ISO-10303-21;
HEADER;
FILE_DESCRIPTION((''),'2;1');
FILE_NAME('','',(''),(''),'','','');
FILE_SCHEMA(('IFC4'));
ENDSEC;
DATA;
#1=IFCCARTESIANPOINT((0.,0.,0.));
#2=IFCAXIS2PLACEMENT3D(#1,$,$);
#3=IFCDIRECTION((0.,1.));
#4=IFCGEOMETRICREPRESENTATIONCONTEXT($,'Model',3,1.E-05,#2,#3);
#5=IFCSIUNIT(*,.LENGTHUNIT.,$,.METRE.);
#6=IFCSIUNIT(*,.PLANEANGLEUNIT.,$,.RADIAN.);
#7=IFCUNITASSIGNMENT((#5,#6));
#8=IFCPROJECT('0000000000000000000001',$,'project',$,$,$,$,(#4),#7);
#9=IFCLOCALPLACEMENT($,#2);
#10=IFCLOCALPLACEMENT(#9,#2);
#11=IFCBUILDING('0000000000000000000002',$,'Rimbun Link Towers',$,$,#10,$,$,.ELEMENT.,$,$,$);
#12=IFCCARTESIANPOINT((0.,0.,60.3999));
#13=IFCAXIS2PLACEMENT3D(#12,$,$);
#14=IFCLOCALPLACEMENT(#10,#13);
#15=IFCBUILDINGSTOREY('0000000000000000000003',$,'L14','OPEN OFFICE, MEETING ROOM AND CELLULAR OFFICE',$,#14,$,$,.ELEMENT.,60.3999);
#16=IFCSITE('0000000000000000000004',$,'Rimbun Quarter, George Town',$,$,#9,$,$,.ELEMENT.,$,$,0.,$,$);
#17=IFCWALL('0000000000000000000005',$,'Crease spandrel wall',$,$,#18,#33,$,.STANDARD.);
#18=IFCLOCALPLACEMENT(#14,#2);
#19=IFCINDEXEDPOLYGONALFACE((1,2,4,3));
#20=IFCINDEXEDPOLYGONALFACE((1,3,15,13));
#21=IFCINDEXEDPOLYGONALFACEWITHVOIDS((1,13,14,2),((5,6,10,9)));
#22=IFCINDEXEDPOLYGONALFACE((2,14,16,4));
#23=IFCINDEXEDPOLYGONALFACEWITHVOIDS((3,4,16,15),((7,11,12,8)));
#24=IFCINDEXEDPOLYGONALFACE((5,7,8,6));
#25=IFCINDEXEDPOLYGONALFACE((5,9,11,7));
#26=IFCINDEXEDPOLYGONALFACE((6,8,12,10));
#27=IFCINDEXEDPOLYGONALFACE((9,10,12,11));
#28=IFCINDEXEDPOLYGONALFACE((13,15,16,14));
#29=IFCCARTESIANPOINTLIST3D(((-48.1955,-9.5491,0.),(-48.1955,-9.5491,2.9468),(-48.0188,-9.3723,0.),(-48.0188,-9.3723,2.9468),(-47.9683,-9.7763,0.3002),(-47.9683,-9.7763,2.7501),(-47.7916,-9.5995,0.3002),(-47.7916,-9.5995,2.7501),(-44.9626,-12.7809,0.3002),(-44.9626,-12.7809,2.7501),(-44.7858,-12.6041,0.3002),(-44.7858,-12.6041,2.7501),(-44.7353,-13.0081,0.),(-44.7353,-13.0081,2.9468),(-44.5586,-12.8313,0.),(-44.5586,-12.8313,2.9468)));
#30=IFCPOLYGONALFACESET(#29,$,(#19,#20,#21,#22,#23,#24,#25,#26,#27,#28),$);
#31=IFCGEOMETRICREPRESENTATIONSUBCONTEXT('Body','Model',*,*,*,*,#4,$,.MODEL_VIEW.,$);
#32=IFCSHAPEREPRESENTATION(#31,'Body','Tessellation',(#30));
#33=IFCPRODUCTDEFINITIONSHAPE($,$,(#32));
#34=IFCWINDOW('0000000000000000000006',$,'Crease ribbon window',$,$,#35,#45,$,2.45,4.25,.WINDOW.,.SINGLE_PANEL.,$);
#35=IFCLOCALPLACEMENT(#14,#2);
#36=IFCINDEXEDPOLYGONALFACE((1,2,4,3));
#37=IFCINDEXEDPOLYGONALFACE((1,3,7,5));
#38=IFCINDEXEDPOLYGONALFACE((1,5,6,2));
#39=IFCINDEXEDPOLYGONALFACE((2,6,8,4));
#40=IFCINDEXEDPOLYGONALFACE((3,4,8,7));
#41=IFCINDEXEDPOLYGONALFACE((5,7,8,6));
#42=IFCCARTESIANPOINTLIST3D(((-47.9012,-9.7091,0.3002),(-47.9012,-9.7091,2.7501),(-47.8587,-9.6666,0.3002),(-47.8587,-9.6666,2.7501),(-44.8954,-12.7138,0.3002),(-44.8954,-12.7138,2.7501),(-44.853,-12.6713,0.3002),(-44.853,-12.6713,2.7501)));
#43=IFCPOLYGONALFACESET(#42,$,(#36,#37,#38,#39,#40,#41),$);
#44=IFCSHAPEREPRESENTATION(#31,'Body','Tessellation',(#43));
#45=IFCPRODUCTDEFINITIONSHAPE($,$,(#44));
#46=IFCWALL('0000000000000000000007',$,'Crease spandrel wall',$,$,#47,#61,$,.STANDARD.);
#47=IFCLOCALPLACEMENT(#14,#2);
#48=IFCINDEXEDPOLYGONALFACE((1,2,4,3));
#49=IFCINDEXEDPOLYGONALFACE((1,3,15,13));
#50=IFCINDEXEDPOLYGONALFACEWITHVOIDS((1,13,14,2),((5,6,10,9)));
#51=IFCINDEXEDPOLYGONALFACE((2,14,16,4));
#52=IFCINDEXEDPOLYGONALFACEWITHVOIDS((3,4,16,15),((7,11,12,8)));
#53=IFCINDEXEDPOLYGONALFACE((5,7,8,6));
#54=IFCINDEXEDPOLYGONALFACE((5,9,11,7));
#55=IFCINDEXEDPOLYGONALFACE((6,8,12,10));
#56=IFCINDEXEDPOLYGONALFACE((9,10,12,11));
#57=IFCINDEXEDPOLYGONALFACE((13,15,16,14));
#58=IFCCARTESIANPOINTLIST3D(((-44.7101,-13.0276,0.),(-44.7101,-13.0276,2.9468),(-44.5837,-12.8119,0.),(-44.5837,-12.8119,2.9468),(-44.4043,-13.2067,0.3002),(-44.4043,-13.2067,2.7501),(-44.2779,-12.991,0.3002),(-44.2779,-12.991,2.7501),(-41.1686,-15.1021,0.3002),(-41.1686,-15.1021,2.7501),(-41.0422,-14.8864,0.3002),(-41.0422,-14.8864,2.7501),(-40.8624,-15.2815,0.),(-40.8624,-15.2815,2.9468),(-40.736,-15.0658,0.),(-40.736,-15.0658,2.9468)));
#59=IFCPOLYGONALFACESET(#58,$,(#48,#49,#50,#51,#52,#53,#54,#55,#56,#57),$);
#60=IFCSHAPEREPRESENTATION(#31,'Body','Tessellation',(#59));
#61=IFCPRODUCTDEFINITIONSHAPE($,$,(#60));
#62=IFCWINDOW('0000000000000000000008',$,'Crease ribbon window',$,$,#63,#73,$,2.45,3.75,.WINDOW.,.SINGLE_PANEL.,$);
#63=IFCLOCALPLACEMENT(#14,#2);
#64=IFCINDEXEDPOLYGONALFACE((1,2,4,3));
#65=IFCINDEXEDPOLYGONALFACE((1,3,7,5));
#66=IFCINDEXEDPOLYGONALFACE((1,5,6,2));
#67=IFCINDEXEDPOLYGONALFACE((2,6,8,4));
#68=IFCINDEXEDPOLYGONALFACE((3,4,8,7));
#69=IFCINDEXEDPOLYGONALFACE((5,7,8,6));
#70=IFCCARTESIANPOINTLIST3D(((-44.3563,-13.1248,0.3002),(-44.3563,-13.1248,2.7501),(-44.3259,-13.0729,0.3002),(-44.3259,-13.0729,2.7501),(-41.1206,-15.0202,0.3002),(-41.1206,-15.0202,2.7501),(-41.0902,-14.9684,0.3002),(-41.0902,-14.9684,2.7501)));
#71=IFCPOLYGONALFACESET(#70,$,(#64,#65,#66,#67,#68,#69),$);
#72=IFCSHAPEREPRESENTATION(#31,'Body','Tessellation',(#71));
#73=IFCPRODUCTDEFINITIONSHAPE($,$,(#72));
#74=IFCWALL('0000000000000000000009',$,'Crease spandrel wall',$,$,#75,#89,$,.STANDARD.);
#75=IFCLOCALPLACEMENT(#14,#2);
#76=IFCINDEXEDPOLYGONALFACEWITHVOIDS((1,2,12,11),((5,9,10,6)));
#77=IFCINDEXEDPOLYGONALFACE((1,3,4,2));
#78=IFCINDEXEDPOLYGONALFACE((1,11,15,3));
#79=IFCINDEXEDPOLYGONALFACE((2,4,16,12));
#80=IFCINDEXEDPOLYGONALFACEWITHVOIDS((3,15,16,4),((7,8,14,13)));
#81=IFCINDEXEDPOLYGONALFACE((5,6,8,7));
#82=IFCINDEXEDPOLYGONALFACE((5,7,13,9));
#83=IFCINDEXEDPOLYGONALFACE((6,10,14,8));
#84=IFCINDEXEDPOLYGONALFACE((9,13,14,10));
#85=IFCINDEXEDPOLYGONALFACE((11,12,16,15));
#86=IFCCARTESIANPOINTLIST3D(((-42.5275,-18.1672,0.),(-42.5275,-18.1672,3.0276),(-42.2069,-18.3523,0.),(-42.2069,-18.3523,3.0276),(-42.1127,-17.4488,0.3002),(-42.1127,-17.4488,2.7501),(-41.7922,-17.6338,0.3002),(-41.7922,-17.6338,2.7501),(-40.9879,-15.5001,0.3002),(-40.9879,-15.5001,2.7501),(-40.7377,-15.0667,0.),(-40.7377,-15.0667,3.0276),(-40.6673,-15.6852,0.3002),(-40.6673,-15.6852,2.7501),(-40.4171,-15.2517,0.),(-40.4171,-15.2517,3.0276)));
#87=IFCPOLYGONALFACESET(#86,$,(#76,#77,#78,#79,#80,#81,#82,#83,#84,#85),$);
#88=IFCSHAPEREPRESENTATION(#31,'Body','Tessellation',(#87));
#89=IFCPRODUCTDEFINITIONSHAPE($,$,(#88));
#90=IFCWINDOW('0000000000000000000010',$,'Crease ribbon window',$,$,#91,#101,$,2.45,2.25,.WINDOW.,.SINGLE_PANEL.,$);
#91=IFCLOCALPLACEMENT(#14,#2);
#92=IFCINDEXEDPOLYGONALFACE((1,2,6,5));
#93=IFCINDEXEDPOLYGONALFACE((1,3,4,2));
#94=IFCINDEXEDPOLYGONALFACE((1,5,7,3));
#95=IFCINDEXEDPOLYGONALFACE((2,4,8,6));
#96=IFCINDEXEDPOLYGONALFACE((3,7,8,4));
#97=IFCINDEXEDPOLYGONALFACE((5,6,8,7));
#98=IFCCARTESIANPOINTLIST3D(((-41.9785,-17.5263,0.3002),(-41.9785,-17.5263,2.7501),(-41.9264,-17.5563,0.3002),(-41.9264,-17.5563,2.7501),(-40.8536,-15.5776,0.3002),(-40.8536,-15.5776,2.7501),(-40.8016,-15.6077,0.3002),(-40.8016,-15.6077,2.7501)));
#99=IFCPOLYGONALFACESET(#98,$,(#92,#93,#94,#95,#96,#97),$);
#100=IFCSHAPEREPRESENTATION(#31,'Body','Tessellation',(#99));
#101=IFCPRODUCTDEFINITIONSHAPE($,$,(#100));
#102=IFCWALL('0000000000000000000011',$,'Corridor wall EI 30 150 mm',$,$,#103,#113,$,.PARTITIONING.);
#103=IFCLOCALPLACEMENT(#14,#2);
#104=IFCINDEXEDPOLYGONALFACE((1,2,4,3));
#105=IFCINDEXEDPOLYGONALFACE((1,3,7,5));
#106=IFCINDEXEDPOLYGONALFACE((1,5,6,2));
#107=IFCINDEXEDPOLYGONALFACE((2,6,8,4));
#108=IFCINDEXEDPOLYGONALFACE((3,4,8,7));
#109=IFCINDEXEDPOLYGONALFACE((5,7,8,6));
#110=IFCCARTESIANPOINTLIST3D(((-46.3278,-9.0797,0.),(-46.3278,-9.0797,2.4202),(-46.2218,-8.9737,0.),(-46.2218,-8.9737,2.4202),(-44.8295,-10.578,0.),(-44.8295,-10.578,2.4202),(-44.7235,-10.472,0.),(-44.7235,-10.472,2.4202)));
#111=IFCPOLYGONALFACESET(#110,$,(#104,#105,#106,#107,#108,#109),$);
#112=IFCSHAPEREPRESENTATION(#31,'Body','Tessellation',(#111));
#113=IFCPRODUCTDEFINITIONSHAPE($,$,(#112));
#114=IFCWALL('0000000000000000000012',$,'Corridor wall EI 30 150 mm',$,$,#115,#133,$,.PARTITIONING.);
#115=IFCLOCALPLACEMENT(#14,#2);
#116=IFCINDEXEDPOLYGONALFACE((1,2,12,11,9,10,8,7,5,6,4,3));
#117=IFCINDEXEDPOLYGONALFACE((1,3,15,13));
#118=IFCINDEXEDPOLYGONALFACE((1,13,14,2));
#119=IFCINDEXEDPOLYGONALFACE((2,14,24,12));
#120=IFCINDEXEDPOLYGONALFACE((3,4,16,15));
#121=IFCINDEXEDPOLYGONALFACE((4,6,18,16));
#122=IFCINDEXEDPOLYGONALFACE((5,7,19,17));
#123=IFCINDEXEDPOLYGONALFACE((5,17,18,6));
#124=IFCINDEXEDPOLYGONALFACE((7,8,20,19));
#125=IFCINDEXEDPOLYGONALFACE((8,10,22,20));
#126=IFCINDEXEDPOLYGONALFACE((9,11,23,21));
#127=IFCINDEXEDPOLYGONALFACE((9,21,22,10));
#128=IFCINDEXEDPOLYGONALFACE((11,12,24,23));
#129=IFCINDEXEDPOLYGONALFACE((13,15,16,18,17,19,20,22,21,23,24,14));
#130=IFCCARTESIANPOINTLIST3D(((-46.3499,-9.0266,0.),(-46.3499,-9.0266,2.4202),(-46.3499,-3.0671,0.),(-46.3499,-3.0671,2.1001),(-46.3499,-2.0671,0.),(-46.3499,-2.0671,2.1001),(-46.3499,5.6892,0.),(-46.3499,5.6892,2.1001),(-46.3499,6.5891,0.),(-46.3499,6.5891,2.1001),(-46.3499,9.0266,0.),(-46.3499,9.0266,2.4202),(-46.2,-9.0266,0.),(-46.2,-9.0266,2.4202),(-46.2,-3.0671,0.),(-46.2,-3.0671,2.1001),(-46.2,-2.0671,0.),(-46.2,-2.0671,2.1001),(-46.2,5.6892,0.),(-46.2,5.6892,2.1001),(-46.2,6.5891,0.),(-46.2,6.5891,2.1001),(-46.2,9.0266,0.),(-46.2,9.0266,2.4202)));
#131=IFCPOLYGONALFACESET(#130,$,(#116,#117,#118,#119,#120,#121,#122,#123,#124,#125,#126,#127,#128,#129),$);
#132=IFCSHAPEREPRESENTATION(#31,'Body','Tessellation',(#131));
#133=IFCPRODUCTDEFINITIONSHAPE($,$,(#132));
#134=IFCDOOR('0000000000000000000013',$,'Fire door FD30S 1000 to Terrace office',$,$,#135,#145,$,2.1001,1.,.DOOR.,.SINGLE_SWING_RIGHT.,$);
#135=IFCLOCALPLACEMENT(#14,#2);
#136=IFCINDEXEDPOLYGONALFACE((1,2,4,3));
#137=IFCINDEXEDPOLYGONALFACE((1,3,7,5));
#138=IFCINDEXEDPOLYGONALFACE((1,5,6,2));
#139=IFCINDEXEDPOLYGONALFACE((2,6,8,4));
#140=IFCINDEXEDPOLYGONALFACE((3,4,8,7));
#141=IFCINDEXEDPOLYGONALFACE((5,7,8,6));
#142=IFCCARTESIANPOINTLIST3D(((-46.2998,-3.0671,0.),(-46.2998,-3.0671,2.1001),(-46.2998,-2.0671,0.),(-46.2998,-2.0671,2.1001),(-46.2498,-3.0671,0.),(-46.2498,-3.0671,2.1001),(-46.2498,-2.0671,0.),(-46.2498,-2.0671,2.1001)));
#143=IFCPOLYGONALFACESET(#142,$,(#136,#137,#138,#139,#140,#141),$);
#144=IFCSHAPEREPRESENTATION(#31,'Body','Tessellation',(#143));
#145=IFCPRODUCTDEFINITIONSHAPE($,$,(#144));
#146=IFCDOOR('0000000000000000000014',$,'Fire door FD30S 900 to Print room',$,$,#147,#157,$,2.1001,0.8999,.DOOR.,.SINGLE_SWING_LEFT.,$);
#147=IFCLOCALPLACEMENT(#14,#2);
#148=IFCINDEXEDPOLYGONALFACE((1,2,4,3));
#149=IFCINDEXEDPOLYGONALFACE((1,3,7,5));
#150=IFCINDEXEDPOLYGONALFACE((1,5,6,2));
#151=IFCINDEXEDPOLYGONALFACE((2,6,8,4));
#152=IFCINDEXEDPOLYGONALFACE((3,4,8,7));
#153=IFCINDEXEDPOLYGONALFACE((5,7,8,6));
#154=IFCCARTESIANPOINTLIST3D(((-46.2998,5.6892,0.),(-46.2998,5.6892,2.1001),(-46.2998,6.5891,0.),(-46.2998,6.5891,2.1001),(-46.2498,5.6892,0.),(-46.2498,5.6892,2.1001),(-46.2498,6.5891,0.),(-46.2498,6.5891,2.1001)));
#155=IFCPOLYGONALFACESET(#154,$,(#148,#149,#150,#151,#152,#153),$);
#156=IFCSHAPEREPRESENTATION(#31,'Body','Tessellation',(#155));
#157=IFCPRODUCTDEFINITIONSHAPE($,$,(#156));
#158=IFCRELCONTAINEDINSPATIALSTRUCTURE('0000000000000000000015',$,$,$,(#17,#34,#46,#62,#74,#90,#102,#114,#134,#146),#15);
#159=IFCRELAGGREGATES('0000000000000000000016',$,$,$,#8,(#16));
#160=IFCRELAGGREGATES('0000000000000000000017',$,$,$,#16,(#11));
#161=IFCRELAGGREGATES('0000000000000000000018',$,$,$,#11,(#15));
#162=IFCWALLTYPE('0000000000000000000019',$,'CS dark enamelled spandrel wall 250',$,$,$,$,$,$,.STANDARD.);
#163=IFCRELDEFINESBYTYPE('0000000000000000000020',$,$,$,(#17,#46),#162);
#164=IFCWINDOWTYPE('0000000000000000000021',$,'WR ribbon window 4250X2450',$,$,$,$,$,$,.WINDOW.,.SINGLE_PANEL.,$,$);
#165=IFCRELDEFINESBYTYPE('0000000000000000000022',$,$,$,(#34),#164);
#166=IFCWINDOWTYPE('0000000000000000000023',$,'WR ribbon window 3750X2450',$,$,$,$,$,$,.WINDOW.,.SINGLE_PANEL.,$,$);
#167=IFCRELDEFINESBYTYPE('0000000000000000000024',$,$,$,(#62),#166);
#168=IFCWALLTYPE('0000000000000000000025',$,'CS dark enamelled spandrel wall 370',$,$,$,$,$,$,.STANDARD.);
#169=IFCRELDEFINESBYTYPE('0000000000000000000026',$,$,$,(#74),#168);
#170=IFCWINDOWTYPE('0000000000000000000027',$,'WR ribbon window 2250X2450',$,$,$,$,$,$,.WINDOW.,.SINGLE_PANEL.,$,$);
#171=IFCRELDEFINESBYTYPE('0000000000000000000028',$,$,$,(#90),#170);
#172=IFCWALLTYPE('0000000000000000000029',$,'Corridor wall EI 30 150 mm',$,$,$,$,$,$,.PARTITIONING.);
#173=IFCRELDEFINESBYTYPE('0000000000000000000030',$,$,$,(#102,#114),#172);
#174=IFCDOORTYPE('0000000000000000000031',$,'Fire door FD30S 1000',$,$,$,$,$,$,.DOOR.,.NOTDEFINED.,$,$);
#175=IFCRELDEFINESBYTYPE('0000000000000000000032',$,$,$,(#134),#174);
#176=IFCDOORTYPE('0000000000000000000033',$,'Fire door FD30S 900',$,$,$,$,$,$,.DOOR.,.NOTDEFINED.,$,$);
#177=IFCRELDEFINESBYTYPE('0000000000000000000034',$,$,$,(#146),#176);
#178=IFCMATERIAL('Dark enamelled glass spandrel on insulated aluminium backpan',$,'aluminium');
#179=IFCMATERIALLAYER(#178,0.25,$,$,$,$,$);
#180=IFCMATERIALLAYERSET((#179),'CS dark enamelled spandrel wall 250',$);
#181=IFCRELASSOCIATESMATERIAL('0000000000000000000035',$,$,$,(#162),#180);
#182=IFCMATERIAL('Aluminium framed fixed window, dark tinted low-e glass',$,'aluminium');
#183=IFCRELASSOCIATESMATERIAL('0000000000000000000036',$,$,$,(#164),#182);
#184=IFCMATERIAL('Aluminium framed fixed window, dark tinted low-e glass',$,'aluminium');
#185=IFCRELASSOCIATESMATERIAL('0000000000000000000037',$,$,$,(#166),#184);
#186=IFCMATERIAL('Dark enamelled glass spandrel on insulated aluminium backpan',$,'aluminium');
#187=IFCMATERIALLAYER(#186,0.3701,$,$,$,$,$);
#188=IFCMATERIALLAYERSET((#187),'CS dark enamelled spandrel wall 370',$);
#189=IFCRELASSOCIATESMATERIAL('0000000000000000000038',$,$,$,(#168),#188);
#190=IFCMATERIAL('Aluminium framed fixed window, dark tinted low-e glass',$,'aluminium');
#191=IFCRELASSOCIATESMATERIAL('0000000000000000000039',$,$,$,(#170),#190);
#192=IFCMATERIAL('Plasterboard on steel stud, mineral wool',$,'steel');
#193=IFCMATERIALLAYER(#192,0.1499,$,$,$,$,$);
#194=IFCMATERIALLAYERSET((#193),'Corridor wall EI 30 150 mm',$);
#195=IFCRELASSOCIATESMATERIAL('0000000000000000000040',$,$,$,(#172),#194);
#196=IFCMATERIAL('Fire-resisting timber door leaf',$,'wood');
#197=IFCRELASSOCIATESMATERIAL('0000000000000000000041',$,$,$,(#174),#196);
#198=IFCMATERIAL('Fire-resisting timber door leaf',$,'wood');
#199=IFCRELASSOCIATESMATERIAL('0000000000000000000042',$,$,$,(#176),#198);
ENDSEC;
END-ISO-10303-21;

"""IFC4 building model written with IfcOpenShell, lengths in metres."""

from ifc_helpers import new_model, si_unit, direction, frame, frame_2d, origin, place, context, subcontext, project, spatial, rectangle, extrude, material, layer, layer_set, type_object, element, fill, save


model = new_model("IFC4")

# Units and contexts
model_context = context("Model", 3, precision=1e-05, world=origin(), true_north=direction((0.0, 1.0)))
body_context = subcontext(model_context, "Body", "Model", "MODEL_VIEW")
ifc_project = project(units=[si_unit("LENGTHUNIT", "METRE"), si_unit("PLANEANGLEUNIT", "RADIAN")], contexts=[model_context])

# Site, building, storey
site_placement = place(None, origin())
site = spatial("IfcSite", under=ifc_project, at=site_placement, Name="Rimbun Quarter, George Town", CompositionType="ELEMENT", RefElevation=0.0)
building_placement = place(site_placement, origin())
building = spatial("IfcBuilding", under=site, at=building_placement, Name="Rimbun Link Towers", CompositionType="ELEMENT")
storey_placement = place(building_placement, frame((0.0, 0.0, 60.3999)))
storey = spatial("IfcBuildingStorey", under=building, at=storey_placement, Name="L14", Description="OPEN OFFICE, MEETING ROOM AND CELLULAR OFFICE", CompositionType="ELEMENT", Elevation=60.3999)

# Walls, openings, windows
ifc_material_1 = material(Name="Dark enamelled glass spandrel on insulated aluminium backpan", Category="aluminium")
ifc_layer_1 = layer(ifc_material_1, 0.25)
ifc_layer_set_1 = layer_set([ifc_layer_1], Name="CS dark enamelled spandrel wall 250")
wall_type_1 = type_object("IfcWallType", Name="CS dark enamelled spandrel wall 250", PredefinedType="STANDARD", material=ifc_layer_set_1)
wall_1_placement = place(storey_placement, frame((-44.647, -12.9197, 0.0), z_axis=(0.0, 0.0, 1.0), x_axis=(-0.707232, 0.706982, 0.0)))
wall_1 = element("IfcWall", 1, at=wall_1_placement, inside=storey, type_object=wall_type_1, Name="Crease spandrel wall", PredefinedType="STANDARD", context=body_context, shape_type="SweptSolid", body=[
    extrude(rectangle(XDim=4.8926, YDim=0.25, at=frame_2d((2.4463, 0.0))), origin(), (0.0, 0.0, 1.0), 2.9468),
])
opening_1_placement = place(wall_1_placement, frame((0.3213, 0.0, 0.3)))
opening_1 = element("IfcOpeningElement", 2, at=opening_1_placement, cuts=wall_1, PredefinedType="OPENING", context=body_context, shape_type="SweptSolid", body=[
    extrude(rectangle(XDim=4.25, YDim=2.45, at=frame_2d((2.125, 1.2251))), frame((0.0, 0.135, 0.0), z_axis=(0.0, -1.0, 0.0), x_axis=(1.0, 0.0, 0.0)), (0.0, 0.0, 1.0), 0.27),
])
ifc_material_2 = material(Name="Aluminium framed fixed window, dark tinted low-e glass", Category="aluminium")
window_type_1 = type_object("IfcWindowType", Name="WR ribbon window 4250X2450", PartitioningType="SINGLE_PANEL", PredefinedType="WINDOW", material=ifc_material_2)
window_1_placement = place(opening_1_placement, origin())
window_1 = element("IfcWindow", 3, at=window_1_placement, inside=storey, type_object=window_type_1, Name="Crease ribbon window", OverallHeight=2.45, OverallWidth=4.25, PartitioningType="SINGLE_PANEL", PredefinedType="WINDOW", context=body_context, shape_type="SweptSolid", body=[
    extrude(rectangle(XDim=4.25, YDim=2.45, at=frame_2d((2.125, 1.2251))), frame((0.0, 0.03, 0.0), z_axis=(0.0, -1.0, 0.0), x_axis=(1.0, 0.0, 0.0)), (0.0, 0.0, 1.0), 0.0601),
])
fill(opening_1, window_1)
wall_2_placement = place(storey_placement, frame((-40.7993, -15.1736, 0.0), z_axis=(0.0, 0.0, 1.0), x_axis=(-0.862856, 0.50545, 0.0)))
wall_2 = element("IfcWall", 4, at=wall_2_placement, inside=storey, type_object=wall_type_1, Name="Crease spandrel wall", PredefinedType="STANDARD", context=body_context, shape_type="SweptSolid", body=[
    extrude(rectangle(XDim=4.4592, YDim=0.25, at=frame_2d((2.2295, 0.0))), origin(), (0.0, 0.0, 1.0), 2.9468),
])
opening_2_placement = place(wall_2_placement, frame((0.3547, 0.0, 0.3)))
opening_2 = element("IfcOpeningElement", 5, at=opening_2_placement, cuts=wall_2, PredefinedType="OPENING", context=body_context, shape_type="SweptSolid", body=[
    extrude(rectangle(XDim=3.75, YDim=2.45, at=frame_2d((1.875, 1.2251))), frame((0.0, 0.135, 0.0), z_axis=(0.0, -1.0, 0.0), x_axis=(1.0, 0.0, 0.0)), (0.0, 0.0, 1.0), 0.27),
])
ifc_material_3 = material(Name="Aluminium framed fixed window, dark tinted low-e glass", Category="aluminium")
window_type_2 = type_object("IfcWindowType", Name="WR ribbon window 3750X2450", PartitioningType="SINGLE_PANEL", PredefinedType="WINDOW", material=ifc_material_3)
window_2_placement = place(opening_2_placement, origin())
window_2 = element("IfcWindow", 6, at=window_2_placement, inside=storey, type_object=window_type_2, Name="Crease ribbon window", OverallHeight=2.45, OverallWidth=3.75, PartitioningType="SINGLE_PANEL", PredefinedType="WINDOW", context=body_context, shape_type="SweptSolid", body=[
    extrude(rectangle(XDim=3.75, YDim=2.45, at=frame_2d((1.875, 1.2251))), frame((0.0, 0.03, 0.0), z_axis=(0.0, -1.0, 0.0), x_axis=(1.0, 0.0, 0.0)), (0.0, 0.0, 1.0), 0.0601),
])
fill(opening_2, window_2)
ifc_material_4 = material(Name="Dark enamelled glass spandrel on insulated aluminium backpan", Category="aluminium")
ifc_layer_2 = layer(ifc_material_4, 0.3701)
ifc_layer_set_2 = layer_set([ifc_layer_2], Name="CS dark enamelled spandrel wall 370")
wall_type_2 = type_object("IfcWallType", Name="CS dark enamelled spandrel wall 370", PredefinedType="STANDARD", material=ifc_layer_set_2)
wall_3_placement = place(storey_placement, frame((-42.3672, -18.2598, 0.0), z_axis=(0.0, 0.0, 1.0), x_axis=(0.499931, 0.866065, 0.0)))
wall_3 = element("IfcWall", 7, at=wall_3_placement, inside=storey, type_object=wall_type_2, Name="Crease spandrel wall", PredefinedType="STANDARD", context=body_context, shape_type="SweptSolid", body=[
    extrude(rectangle(XDim=3.5801, YDim=0.3701, at=frame_2d((1.79, 0.0))), origin(), (0.0, 0.0, 1.0), 3.0276),
])
opening_3_placement = place(wall_3_placement, frame((0.8296, 0.0, 0.3)))
opening_3 = element("IfcOpeningElement", 8, at=opening_3_placement, cuts=wall_3, PredefinedType="OPENING", context=body_context, shape_type="SweptSolid", body=[
    extrude(rectangle(XDim=2.25, YDim=2.45, at=frame_2d((1.125, 1.2251))), frame((0.0, 0.1951, 0.0), z_axis=(0.0, -1.0, 0.0), x_axis=(1.0, 0.0, 0.0)), (0.0, 0.0, 1.0), 0.3901),
])
ifc_material_5 = material(Name="Aluminium framed fixed window, dark tinted low-e glass", Category="aluminium")
window_type_3 = type_object("IfcWindowType", Name="WR ribbon window 2250X2450", PartitioningType="SINGLE_PANEL", PredefinedType="WINDOW", material=ifc_material_5)
window_3_placement = place(opening_3_placement, origin())
window_3 = element("IfcWindow", 9, at=window_3_placement, inside=storey, type_object=window_type_3, Name="Crease ribbon window", OverallHeight=2.45, OverallWidth=2.25, PartitioningType="SINGLE_PANEL", PredefinedType="WINDOW", context=body_context, shape_type="SweptSolid", body=[
    extrude(rectangle(XDim=2.25, YDim=2.45, at=frame_2d((1.125, 1.2251))), frame((0.0, 0.03, 0.0), z_axis=(0.0, -1.0, 0.0), x_axis=(1.0, 0.0, 0.0)), (0.0, 0.0, 1.0), 0.0601),
])
fill(opening_3, window_3)

# Wall
ifc_material_6 = material(Name="Plasterboard on steel stud, mineral wool", Category="steel")
ifc_layer_3 = layer(ifc_material_6, 0.1499)
ifc_layer_set_3 = layer_set([ifc_layer_3], Name="Corridor wall EI 30 150 mm")
wall_type_3 = type_object("IfcWallType", Name="Corridor wall EI 30 150 mm", PredefinedType="PARTITIONING", material=ifc_layer_set_3)
wall_4_placement = place(storey_placement, frame((-46.2749, -9.0266, 0.0), z_axis=(0.0, 0.0, 1.0), x_axis=(0.707107, -0.707107, 0.0)))
element("IfcWall", 10, at=wall_4_placement, inside=storey, type_object=wall_type_3, Name="Corridor wall EI 30 150 mm", PredefinedType="PARTITIONING", context=body_context, shape_type="SweptSolid", body=[
    extrude(rectangle(XDim=2.1189, YDim=0.1499, at=frame_2d((1.0596, 0.0))), origin(), (0.0, 0.0, 1.0), 2.4202),
])

# Wall, openings, doors
wall_5_placement = place(storey_placement, frame((-46.2749, -9.0266, 0.0), z_axis=(0.0, 0.0, 1.0), x_axis=(0.0, 1.0, 0.0)))
wall_5 = element("IfcWall", 11, at=wall_5_placement, inside=storey, type_object=wall_type_3, Name="Corridor wall EI 30 150 mm", PredefinedType="PARTITIONING", context=body_context, shape_type="SweptSolid", body=[
    extrude(rectangle(XDim=18.0532, YDim=0.1499, at=frame_2d((9.0266, 0.0))), origin(), (0.0, 0.0, 1.0), 2.4202),
])
opening_4_placement = place(wall_5_placement, frame((14.7158, 0.0, 0.0)))
opening_4 = element("IfcOpeningElement", 12, at=opening_4_placement, cuts=wall_5, PredefinedType="OPENING", context=body_context, shape_type="SweptSolid", body=[
    extrude(rectangle(XDim=0.8999, YDim=2.1001, at=frame_2d((0.45, 1.05))), frame((0.0, 0.085, 0.0), z_axis=(0.0, -1.0, 0.0), x_axis=(1.0, 0.0, 0.0)), (0.0, 0.0, 1.0), 0.1699),
])
opening_5_placement = place(wall_5_placement, frame((5.9595, 0.0, 0.0)))
opening_5 = element("IfcOpeningElement", 13, at=opening_5_placement, cuts=wall_5, PredefinedType="OPENING", context=body_context, shape_type="SweptSolid", body=[
    extrude(rectangle(XDim=1.0, YDim=2.1001, at=frame_2d((0.5, 1.05))), frame((0.0, 0.085, 0.0), z_axis=(0.0, -1.0, 0.0), x_axis=(1.0, 0.0, 0.0)), (0.0, 0.0, 1.0), 0.1699),
])
ifc_material_7 = material(Name="Fire-resisting timber door leaf", Category="wood")
door_type_1 = type_object("IfcDoorType", Name="Fire door FD30S 1000", OperationType="NOTDEFINED", PredefinedType="DOOR", material=ifc_material_7)
door_1_placement = place(opening_5_placement, origin())
door_1 = element("IfcDoor", 14, at=door_1_placement, inside=storey, type_object=door_type_1, Name="Fire door FD30S 1000 to Terrace office", OperationType="SINGLE_SWING_RIGHT", OverallHeight=2.1001, OverallWidth=1.0, PredefinedType="DOOR", context=body_context, shape_type="SweptSolid", body=[
    extrude(rectangle(XDim=1.0, YDim=2.1001, at=frame_2d((0.5, 1.05))), frame((0.0, 0.0249, 0.0), z_axis=(0.0, -1.0, 0.0), x_axis=(1.0, 0.0, 0.0)), (0.0, 0.0, 1.0), 0.05),
])
fill(opening_5, door_1)
ifc_material_8 = material(Name="Fire-resisting timber door leaf", Category="wood")
door_type_2 = type_object("IfcDoorType", Name="Fire door FD30S 900", OperationType="NOTDEFINED", PredefinedType="DOOR", material=ifc_material_8)
door_2_placement = place(opening_4_placement, origin())
door_2 = element("IfcDoor", 15, at=door_2_placement, inside=storey, type_object=door_type_2, Name="Fire door FD30S 900 to Print room", OperationType="SINGLE_SWING_LEFT", OverallHeight=2.1001, OverallWidth=0.8999, PredefinedType="DOOR", context=body_context, shape_type="SweptSolid", body=[
    extrude(rectangle(XDim=0.8999, YDim=2.1001, at=frame_2d((0.45, 1.05))), frame((0.0, 0.0249, 0.0), z_axis=(0.0, -1.0, 0.0), x_axis=(1.0, 0.0, 0.0)), (0.0, 0.0, 1.0), 0.05),
])
fill(opening_4, door_2)

save(model, "model.ifc")
